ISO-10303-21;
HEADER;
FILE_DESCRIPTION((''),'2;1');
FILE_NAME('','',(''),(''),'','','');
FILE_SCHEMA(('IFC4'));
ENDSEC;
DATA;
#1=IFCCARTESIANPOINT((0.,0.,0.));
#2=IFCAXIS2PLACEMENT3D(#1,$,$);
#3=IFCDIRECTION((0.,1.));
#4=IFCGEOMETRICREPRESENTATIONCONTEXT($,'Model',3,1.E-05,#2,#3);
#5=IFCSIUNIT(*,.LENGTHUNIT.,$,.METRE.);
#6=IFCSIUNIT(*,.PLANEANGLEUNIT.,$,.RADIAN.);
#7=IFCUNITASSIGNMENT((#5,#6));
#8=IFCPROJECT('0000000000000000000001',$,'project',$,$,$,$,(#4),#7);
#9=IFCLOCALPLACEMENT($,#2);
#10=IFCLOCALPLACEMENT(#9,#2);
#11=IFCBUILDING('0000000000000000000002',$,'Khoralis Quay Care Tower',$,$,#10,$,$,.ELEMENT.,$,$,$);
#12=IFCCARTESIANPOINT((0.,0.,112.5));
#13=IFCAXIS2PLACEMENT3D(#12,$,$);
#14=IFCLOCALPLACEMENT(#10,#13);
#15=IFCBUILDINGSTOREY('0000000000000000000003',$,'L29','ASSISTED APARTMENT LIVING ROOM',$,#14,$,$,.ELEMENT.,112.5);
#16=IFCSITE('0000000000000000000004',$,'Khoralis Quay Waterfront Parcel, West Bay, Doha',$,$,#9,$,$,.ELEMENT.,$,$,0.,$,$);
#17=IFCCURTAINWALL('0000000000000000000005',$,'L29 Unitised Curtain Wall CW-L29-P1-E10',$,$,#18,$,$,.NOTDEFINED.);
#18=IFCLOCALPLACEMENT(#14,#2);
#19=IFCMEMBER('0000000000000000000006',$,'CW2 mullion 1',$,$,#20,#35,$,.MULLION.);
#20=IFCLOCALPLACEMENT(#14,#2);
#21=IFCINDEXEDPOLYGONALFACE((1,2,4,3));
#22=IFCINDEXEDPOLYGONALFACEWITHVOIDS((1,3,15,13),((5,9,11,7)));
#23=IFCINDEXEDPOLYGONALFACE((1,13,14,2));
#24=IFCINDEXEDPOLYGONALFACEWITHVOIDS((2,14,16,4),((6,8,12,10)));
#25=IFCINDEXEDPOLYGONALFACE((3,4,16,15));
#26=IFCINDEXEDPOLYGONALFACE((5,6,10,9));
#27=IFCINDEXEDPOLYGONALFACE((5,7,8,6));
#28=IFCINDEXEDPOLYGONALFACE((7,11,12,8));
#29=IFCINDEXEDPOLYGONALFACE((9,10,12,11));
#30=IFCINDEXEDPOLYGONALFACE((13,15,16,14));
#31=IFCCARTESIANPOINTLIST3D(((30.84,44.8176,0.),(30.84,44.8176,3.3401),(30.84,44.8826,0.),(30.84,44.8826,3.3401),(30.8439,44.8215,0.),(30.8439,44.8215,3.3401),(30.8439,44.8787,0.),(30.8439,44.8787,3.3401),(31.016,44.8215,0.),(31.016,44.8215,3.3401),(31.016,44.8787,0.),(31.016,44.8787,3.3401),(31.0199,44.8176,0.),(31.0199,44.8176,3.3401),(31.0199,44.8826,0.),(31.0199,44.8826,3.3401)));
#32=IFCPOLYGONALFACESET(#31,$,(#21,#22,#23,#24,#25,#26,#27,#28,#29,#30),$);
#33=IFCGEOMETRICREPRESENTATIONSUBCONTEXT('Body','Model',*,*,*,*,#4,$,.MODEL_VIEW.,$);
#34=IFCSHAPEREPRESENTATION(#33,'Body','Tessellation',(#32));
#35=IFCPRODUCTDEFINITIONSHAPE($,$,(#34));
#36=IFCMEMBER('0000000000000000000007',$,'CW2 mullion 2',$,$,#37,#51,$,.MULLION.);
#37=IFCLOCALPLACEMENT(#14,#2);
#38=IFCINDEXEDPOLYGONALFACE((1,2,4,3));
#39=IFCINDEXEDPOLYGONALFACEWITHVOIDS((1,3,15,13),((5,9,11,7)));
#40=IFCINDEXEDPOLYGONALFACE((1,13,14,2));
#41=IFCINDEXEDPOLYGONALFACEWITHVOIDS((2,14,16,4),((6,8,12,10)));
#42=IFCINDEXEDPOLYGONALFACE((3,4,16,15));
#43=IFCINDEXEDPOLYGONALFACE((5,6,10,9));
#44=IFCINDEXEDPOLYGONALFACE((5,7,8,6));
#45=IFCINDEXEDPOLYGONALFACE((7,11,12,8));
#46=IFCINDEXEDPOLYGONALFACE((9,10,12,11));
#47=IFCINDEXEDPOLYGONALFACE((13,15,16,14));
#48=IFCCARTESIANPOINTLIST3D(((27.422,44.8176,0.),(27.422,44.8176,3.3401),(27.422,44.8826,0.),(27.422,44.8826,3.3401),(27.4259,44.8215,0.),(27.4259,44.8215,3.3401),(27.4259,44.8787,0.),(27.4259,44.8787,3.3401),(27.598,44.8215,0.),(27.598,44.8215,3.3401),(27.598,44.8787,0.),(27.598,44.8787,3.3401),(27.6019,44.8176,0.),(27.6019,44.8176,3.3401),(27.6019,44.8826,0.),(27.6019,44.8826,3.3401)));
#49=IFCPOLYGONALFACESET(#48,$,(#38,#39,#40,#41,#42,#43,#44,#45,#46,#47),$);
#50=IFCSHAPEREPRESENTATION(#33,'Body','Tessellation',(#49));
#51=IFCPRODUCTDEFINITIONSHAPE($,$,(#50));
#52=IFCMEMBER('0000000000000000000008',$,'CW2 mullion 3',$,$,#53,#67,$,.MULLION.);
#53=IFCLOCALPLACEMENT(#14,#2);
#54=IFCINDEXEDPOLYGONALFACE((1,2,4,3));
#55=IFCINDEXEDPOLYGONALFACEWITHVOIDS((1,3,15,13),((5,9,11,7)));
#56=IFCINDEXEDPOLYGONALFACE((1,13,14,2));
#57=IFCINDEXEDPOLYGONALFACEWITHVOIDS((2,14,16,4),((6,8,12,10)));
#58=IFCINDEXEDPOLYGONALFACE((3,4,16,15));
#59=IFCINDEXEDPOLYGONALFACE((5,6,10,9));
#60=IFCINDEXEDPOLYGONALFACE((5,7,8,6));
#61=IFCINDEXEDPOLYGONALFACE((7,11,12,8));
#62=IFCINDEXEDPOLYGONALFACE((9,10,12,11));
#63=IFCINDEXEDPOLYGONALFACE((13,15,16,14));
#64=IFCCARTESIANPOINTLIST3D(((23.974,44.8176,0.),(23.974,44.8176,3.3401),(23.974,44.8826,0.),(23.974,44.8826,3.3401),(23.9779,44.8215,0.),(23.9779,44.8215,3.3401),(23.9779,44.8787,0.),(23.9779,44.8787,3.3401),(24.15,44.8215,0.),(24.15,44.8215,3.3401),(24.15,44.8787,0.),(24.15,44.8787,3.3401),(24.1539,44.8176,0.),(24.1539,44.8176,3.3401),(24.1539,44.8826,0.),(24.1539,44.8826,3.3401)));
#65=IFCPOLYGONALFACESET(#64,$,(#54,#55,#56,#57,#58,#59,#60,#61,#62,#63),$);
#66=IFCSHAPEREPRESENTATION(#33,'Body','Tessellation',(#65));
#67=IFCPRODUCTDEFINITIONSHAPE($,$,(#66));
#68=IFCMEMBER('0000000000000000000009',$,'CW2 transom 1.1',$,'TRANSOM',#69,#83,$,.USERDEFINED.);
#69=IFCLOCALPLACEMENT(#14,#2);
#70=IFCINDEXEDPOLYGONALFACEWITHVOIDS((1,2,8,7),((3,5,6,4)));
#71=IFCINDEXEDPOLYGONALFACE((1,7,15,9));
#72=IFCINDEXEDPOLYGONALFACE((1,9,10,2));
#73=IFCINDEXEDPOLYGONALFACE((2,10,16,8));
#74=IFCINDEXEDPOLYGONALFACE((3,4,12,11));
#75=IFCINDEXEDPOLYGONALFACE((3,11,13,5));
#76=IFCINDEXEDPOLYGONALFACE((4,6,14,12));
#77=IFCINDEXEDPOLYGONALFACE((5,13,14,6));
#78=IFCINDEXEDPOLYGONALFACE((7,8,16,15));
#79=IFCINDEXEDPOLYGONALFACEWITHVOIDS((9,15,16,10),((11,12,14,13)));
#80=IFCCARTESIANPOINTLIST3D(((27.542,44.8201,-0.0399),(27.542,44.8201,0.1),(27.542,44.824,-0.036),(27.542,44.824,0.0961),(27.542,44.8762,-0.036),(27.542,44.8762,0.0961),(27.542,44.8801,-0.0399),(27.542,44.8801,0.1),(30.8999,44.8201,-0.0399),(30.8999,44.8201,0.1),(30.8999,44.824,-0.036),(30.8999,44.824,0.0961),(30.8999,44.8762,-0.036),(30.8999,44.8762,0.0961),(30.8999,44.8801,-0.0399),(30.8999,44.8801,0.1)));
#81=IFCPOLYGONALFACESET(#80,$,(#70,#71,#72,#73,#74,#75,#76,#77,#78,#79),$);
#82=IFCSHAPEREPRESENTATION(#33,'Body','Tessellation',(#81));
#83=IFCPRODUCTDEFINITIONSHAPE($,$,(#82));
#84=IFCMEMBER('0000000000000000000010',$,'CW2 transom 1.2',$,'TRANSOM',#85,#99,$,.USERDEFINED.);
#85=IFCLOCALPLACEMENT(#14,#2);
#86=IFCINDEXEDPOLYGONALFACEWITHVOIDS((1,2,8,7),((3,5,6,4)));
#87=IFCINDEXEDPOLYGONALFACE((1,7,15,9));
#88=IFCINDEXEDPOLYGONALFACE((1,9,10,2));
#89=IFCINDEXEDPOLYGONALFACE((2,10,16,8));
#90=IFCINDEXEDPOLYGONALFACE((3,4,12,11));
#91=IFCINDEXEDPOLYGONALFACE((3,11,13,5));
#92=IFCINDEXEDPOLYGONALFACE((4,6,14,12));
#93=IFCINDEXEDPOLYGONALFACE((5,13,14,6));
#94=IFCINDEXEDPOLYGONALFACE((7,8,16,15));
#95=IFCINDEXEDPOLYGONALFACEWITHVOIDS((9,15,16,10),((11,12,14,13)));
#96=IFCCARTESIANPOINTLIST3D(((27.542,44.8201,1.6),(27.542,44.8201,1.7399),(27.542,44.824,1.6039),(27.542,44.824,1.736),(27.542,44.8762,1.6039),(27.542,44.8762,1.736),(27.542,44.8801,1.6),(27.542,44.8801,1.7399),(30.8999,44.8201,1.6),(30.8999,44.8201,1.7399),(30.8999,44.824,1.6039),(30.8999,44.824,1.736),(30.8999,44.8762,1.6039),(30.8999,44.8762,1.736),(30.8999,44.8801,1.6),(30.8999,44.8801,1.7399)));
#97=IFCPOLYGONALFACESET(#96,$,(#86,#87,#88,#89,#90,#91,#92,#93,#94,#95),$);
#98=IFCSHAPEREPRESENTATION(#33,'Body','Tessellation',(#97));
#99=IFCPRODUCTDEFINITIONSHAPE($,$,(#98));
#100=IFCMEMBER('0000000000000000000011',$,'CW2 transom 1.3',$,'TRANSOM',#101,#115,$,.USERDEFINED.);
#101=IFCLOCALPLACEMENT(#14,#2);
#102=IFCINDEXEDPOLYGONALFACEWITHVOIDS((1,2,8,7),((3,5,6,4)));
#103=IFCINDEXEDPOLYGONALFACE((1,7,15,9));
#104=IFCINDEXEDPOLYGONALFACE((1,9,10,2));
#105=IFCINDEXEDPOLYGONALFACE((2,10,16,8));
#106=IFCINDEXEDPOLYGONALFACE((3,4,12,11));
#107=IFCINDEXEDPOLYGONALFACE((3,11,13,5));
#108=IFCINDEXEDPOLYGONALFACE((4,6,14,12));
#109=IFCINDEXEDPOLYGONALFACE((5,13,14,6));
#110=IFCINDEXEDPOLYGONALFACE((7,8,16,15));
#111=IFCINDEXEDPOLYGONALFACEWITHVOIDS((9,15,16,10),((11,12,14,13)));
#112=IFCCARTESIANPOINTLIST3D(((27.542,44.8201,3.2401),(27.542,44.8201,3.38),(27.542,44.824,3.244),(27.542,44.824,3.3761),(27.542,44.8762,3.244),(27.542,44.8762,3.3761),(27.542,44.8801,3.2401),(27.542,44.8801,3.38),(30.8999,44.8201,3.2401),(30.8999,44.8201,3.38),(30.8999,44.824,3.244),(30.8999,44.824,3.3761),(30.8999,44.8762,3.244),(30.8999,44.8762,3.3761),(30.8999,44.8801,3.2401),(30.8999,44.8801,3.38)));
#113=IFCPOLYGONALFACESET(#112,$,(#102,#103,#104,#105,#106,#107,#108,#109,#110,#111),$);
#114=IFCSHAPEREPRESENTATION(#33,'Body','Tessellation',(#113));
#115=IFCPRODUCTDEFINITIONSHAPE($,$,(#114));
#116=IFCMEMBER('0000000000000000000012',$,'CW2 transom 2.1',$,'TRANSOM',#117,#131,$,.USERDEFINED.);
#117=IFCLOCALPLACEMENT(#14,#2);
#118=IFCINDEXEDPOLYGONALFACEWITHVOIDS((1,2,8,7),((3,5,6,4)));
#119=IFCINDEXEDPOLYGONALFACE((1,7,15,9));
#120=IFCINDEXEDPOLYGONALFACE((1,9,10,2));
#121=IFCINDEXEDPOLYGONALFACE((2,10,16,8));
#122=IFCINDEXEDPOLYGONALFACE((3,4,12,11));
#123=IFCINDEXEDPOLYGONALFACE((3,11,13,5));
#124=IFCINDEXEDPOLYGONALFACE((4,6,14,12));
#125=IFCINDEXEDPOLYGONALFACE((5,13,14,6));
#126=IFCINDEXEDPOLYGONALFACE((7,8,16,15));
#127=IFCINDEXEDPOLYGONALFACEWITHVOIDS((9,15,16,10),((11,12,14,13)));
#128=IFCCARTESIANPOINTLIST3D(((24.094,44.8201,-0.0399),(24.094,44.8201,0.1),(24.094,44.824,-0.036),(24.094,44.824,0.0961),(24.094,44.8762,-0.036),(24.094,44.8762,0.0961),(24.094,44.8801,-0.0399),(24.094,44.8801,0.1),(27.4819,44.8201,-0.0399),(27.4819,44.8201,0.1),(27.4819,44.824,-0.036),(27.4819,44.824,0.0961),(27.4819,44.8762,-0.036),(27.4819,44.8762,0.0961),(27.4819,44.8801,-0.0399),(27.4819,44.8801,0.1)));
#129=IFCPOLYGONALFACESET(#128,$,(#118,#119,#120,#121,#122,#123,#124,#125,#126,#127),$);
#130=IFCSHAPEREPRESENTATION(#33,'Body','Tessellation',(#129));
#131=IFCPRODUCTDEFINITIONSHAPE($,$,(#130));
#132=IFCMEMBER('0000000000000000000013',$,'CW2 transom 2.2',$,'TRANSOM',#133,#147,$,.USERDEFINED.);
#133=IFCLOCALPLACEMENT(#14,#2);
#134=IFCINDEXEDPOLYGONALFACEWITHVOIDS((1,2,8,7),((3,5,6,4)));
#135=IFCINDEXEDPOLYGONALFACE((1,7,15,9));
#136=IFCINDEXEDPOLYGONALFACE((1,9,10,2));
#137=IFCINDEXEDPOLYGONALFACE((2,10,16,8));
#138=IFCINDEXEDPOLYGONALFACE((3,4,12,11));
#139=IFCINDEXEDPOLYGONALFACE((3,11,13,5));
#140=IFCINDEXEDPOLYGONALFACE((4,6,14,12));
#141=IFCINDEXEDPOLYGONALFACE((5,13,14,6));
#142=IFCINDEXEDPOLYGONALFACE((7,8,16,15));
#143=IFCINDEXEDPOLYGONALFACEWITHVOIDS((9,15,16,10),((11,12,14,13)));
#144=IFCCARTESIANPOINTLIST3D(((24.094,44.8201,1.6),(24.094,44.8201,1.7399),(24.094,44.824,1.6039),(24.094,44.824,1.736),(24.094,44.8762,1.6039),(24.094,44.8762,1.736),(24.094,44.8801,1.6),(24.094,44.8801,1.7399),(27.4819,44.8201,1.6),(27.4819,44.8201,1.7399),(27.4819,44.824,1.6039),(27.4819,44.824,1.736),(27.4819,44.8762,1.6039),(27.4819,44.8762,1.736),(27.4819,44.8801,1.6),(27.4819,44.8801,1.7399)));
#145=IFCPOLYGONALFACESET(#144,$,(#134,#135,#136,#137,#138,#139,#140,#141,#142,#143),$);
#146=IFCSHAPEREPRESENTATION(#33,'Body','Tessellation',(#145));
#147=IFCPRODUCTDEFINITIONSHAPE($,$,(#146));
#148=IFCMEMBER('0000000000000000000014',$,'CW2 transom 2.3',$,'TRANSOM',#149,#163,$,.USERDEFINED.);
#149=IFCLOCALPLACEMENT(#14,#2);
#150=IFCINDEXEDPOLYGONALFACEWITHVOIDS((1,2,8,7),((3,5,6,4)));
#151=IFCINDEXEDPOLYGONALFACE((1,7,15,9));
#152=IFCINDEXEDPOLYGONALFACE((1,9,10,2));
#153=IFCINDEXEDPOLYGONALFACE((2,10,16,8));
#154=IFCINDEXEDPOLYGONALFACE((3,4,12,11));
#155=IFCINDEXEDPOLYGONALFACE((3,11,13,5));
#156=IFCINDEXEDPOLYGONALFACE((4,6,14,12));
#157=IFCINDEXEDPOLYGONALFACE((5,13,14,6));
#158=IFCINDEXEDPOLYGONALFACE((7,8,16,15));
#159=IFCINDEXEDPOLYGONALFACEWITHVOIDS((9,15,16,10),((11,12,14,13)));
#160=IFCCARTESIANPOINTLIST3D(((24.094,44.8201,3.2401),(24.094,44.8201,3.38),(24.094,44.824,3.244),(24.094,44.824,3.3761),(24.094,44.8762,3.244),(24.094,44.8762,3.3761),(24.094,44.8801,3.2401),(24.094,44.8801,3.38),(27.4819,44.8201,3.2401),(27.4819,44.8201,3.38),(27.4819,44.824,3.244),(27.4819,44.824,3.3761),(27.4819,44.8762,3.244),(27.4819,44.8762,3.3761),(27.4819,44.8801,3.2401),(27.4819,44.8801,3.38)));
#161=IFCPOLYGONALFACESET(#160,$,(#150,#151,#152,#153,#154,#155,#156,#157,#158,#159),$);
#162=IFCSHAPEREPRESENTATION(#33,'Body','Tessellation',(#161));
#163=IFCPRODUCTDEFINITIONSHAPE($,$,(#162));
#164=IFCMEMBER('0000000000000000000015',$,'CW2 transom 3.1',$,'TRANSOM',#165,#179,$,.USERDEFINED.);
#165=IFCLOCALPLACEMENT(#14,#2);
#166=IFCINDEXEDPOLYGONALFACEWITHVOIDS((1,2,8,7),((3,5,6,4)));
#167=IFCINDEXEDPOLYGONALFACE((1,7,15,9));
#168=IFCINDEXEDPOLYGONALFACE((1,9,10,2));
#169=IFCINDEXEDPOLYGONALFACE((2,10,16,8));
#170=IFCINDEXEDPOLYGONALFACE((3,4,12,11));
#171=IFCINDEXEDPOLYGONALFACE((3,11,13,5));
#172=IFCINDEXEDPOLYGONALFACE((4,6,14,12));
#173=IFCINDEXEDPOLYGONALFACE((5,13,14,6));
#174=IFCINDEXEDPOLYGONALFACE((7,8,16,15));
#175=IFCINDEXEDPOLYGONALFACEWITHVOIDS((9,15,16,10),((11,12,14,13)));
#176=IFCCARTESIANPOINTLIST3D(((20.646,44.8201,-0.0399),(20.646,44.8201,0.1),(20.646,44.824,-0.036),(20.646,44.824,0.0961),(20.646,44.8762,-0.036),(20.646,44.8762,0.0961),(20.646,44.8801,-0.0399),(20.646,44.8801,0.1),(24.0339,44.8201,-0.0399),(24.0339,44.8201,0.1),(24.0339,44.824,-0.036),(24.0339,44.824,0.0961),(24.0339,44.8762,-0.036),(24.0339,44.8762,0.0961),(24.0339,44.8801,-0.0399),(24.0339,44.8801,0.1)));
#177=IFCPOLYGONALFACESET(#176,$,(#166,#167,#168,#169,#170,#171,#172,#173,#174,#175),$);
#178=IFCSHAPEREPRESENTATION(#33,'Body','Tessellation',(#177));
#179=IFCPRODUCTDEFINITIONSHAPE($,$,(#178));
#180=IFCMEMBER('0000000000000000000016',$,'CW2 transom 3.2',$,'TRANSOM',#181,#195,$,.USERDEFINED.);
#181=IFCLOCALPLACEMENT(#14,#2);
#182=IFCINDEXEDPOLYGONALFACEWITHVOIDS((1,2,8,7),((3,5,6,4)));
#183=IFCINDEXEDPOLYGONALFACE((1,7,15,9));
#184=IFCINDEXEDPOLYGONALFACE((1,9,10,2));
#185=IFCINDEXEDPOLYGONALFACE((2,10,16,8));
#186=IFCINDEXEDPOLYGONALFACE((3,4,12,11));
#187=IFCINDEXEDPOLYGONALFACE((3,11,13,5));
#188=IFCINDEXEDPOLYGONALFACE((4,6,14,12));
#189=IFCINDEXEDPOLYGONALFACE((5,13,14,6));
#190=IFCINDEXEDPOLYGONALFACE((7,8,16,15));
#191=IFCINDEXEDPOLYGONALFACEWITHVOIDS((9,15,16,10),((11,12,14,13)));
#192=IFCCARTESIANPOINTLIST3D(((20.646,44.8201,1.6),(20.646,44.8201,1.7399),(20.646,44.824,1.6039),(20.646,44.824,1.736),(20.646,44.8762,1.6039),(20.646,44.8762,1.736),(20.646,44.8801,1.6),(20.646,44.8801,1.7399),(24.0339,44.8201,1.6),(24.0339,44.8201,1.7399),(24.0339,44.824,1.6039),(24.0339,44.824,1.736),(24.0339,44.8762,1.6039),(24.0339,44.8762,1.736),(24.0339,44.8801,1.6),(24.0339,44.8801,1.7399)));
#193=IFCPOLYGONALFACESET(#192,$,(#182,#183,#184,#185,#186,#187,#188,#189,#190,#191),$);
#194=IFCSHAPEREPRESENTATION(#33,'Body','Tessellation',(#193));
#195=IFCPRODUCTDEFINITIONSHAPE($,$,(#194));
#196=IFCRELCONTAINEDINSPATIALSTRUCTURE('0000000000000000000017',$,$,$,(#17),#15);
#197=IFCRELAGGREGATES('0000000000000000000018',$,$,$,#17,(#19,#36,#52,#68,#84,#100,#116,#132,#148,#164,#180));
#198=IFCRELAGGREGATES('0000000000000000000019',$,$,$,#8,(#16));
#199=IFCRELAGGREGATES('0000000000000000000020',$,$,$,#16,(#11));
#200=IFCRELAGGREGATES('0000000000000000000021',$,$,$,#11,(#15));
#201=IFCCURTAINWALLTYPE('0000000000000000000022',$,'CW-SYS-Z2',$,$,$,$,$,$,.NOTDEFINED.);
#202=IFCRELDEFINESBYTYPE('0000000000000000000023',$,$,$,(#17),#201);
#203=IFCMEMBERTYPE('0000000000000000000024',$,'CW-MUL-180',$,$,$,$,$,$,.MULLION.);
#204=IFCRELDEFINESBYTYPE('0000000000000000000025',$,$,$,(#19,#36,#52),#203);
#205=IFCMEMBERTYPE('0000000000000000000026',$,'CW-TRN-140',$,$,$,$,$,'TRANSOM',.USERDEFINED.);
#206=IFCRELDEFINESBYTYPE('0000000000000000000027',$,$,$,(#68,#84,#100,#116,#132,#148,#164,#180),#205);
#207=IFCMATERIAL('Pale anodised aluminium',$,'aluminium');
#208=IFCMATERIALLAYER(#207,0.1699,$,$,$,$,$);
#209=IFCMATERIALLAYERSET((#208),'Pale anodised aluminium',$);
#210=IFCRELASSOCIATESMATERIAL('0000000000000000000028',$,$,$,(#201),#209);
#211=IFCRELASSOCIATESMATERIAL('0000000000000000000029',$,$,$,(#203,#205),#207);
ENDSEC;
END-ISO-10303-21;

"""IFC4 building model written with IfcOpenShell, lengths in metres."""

from ifc_helpers import new_model, si_unit, direction, frame, origin, origin_2d, place, context, subcontext, project, spatial, hollow_rectangle, extrude, source, transform, mapped, material, layer, layer_set, material_profile, profile_set, type_object, element, aggregate, save


model = new_model("IFC4")

# Units and contexts
model_context = context("Model", 3, precision=1e-05, world=origin(), true_north=direction((0.0, 1.0)))
body_context = subcontext(model_context, "Body", "Model", "MODEL_VIEW")
ifc_project = project(units=[si_unit("LENGTHUNIT", "METRE"), si_unit("PLANEANGLEUNIT", "RADIAN")], contexts=[model_context])

# Site, building, storey
site_placement = place(None, origin())
site = spatial("IfcSite", under=ifc_project, at=site_placement, Name="Khoralis Quay Waterfront Parcel, West Bay, Doha", CompositionType="ELEMENT", RefElevation=0.0)
building_placement = place(site_placement, origin())
building = spatial("IfcBuilding", under=site, at=building_placement, Name="Khoralis Quay Care Tower", CompositionType="ELEMENT")
storey_placement = place(building_placement, frame((0.0, 0.0, 112.5)))
storey = spatial("IfcBuildingStorey", under=building, at=storey_placement, Name="L29", Description="ASSISTED APARTMENT LIVING ROOM", CompositionType="ELEMENT", Elevation=112.5)

# Curtain wall, members
ifc_material_1 = material(Name="Pale anodised aluminium", Category="aluminium")
ifc_layer_1 = layer(ifc_material_1, 0.1699)
ifc_layer_set_1 = layer_set([ifc_layer_1], Name="Pale anodised aluminium")
curtain_wall_type = type_object("IfcCurtainWallType", Name="CW-SYS-Z2", PredefinedType="NOTDEFINED", material=ifc_layer_set_1)
curtain_wall_placement = place(storey_placement, origin())
curtain_wall = element("IfcCurtainWall", 1, at=curtain_wall_placement, inside=storey, type_object=curtain_wall_type, Name="L29 Unitised Curtain Wall CW-L29-P1-E10", PredefinedType="NOTDEFINED")
ifc_material_profile_1 = material_profile(ifc_material_1, hollow_rectangle(XDim=0.0649, YDim=0.1799, WallThickness=0.0039, at=origin_2d()), Name="Pale anodised aluminium")
ifc_profile_set_1 = profile_set([ifc_material_profile_1], Name="Pale anodised aluminium")
member_type_1 = type_object("IfcMemberType", Name="CW-MUL-180", PredefinedType="MULLION", material=ifc_profile_set_1)
shared_shape_1 = source(origin(), body_context, "Body", "SweptSolid", [
    extrude(hollow_rectangle(XDim=0.0649, YDim=0.1799, WallThickness=0.0039, at=origin_2d()), origin(), (0.0, 0.0, 1.0), 3.3401),
])
member_1_placement = place(storey_placement, frame((30.9299, 44.8501, 0.0), z_axis=(0.0, 0.0, 1.0), x_axis=(0.0, -1.0, 0.0)))
member_1 = element("IfcMember", 2, at=member_1_placement, type_object=member_type_1, Name="CW2 mullion 1", PredefinedType="MULLION", context=body_context, shape_type="MappedRepresentation", body=[
    mapped(shared_shape_1, transform((0.0, 0.0, 0.0), scale=1.0)),
])
member_2_placement = place(storey_placement, frame((27.512, 44.8501, 0.0), z_axis=(0.0, 0.0, 1.0), x_axis=(0.0, -1.0, 0.0)))
member_2 = element("IfcMember", 3, at=member_2_placement, type_object=member_type_1, Name="CW2 mullion 2", PredefinedType="MULLION", context=body_context, shape_type="MappedRepresentation", body=[
    mapped(shared_shape_1, transform((0.0, 0.0, 0.0), scale=1.0)),
])
member_3_placement = place(storey_placement, frame((24.064, 44.8501, 0.0), z_axis=(0.0, 0.0, 1.0), x_axis=(0.0, -1.0, 0.0)))
member_3 = element("IfcMember", 4, at=member_3_placement, type_object=member_type_1, Name="CW2 mullion 3", PredefinedType="MULLION", context=body_context, shape_type="MappedRepresentation", body=[
    mapped(shared_shape_1, transform((0.0, 0.0, 0.0), scale=1.0)),
])
ifc_material_profile_2 = material_profile(ifc_material_1, hollow_rectangle(XDim=0.0601, YDim=0.1399, WallThickness=0.0039, at=origin_2d()), Name="Pale anodised aluminium")
ifc_profile_set_2 = profile_set([ifc_material_profile_2], Name="Pale anodised aluminium")
member_type_2 = type_object("IfcMemberType", Name="CW-TRN-140", ElementType="TRANSOM", PredefinedType="USERDEFINED", material=ifc_profile_set_2)
shared_shape_2 = source(origin(), body_context, "Body", "SweptSolid", [
    extrude(hollow_rectangle(XDim=0.0601, YDim=0.1399, WallThickness=0.0039, at=origin_2d()), origin(), (0.0, 0.0, 1.0), 3.3579),
])
member_4_placement = place(storey_placement, frame((30.8999, 44.8501, 0.03), z_axis=(-1.0, 0.0, 0.0), x_axis=(0.0, -1.0, 0.0)))
member_4 = element("IfcMember", 5, at=member_4_placement, type_object=member_type_2, Name="CW2 transom 1.1", ObjectType="TRANSOM", PredefinedType="USERDEFINED", context=body_context, shape_type="MappedRepresentation", body=[
    mapped(shared_shape_2, transform((0.0, 0.0, 0.0), scale=1.0)),
])
member_5_placement = place(storey_placement, frame((30.8999, 44.8501, 1.6699), z_axis=(-1.0, 0.0, 0.0), x_axis=(0.0, -1.0, 0.0)))
member_5 = element("IfcMember", 6, at=member_5_placement, type_object=member_type_2, Name="CW2 transom 1.2", ObjectType="TRANSOM", PredefinedType="USERDEFINED", context=body_context, shape_type="MappedRepresentation", body=[
    mapped(shared_shape_2, transform((0.0, 0.0, 0.0), scale=1.0)),
])
member_6_placement = place(storey_placement, frame((30.8999, 44.8501, 3.3101), z_axis=(-1.0, 0.0, 0.0), x_axis=(0.0, -1.0, 0.0)))
member_6 = element("IfcMember", 7, at=member_6_placement, type_object=member_type_2, Name="CW2 transom 1.3", ObjectType="TRANSOM", PredefinedType="USERDEFINED", context=body_context, shape_type="MappedRepresentation", body=[
    mapped(shared_shape_2, transform((0.0, 0.0, 0.0), scale=1.0)),
])
shared_shape_3 = source(origin(), body_context, "Body", "SweptSolid", [
    extrude(hollow_rectangle(XDim=0.0601, YDim=0.1399, WallThickness=0.0039, at=origin_2d()), origin(), (0.0, 0.0, 1.0), 3.3879),
])
member_7_placement = place(storey_placement, frame((27.4819, 44.8501, 0.03), z_axis=(-1.0, 0.0, 0.0), x_axis=(0.0, -1.0, 0.0)))
member_7 = element("IfcMember", 8, at=member_7_placement, type_object=member_type_2, Name="CW2 transom 2.1", ObjectType="TRANSOM", PredefinedType="USERDEFINED", context=body_context, shape_type="MappedRepresentation", body=[
    mapped(shared_shape_3, transform((0.0, 0.0, 0.0), scale=1.0)),
])
member_8_placement = place(storey_placement, frame((27.4819, 44.8501, 1.6699), z_axis=(-1.0, 0.0, 0.0), x_axis=(0.0, -1.0, 0.0)))
member_8 = element("IfcMember", 9, at=member_8_placement, type_object=member_type_2, Name="CW2 transom 2.2", ObjectType="TRANSOM", PredefinedType="USERDEFINED", context=body_context, shape_type="MappedRepresentation", body=[
    mapped(shared_shape_3, transform((0.0, 0.0, 0.0), scale=1.0)),
])
member_9_placement = place(storey_placement, frame((27.4819, 44.8501, 3.3101), z_axis=(-1.0, 0.0, 0.0), x_axis=(0.0, -1.0, 0.0)))
member_9 = element("IfcMember", 10, at=member_9_placement, type_object=member_type_2, Name="CW2 transom 2.3", ObjectType="TRANSOM", PredefinedType="USERDEFINED", context=body_context, shape_type="MappedRepresentation", body=[
    mapped(shared_shape_3, transform((0.0, 0.0, 0.0), scale=1.0)),
])
member_10_placement = place(storey_placement, frame((24.0339, 44.8501, 0.03), z_axis=(-1.0, 0.0, 0.0), x_axis=(0.0, -1.0, 0.0)))
member_10 = element("IfcMember", 11, at=member_10_placement, type_object=member_type_2, Name="CW2 transom 3.1", ObjectType="TRANSOM", PredefinedType="USERDEFINED", context=body_context, shape_type="MappedRepresentation", body=[
    mapped(shared_shape_3, transform((0.0, 0.0, 0.0), scale=1.0)),
])
member_11_placement = place(storey_placement, frame((24.0339, 44.8501, 1.6699), z_axis=(-1.0, 0.0, 0.0), x_axis=(0.0, -1.0, 0.0)))
member_11 = element("IfcMember", 12, at=member_11_placement, type_object=member_type_2, Name="CW2 transom 3.2", ObjectType="TRANSOM", PredefinedType="USERDEFINED", context=body_context, shape_type="MappedRepresentation", body=[
    mapped(shared_shape_3, transform((0.0, 0.0, 0.0), scale=1.0)),
])
aggregate(curtain_wall, [member_1, member_2, member_3, member_4, member_5, member_6, member_7, member_8, member_9, member_10, member_11])

save(model, "model.ifc")
